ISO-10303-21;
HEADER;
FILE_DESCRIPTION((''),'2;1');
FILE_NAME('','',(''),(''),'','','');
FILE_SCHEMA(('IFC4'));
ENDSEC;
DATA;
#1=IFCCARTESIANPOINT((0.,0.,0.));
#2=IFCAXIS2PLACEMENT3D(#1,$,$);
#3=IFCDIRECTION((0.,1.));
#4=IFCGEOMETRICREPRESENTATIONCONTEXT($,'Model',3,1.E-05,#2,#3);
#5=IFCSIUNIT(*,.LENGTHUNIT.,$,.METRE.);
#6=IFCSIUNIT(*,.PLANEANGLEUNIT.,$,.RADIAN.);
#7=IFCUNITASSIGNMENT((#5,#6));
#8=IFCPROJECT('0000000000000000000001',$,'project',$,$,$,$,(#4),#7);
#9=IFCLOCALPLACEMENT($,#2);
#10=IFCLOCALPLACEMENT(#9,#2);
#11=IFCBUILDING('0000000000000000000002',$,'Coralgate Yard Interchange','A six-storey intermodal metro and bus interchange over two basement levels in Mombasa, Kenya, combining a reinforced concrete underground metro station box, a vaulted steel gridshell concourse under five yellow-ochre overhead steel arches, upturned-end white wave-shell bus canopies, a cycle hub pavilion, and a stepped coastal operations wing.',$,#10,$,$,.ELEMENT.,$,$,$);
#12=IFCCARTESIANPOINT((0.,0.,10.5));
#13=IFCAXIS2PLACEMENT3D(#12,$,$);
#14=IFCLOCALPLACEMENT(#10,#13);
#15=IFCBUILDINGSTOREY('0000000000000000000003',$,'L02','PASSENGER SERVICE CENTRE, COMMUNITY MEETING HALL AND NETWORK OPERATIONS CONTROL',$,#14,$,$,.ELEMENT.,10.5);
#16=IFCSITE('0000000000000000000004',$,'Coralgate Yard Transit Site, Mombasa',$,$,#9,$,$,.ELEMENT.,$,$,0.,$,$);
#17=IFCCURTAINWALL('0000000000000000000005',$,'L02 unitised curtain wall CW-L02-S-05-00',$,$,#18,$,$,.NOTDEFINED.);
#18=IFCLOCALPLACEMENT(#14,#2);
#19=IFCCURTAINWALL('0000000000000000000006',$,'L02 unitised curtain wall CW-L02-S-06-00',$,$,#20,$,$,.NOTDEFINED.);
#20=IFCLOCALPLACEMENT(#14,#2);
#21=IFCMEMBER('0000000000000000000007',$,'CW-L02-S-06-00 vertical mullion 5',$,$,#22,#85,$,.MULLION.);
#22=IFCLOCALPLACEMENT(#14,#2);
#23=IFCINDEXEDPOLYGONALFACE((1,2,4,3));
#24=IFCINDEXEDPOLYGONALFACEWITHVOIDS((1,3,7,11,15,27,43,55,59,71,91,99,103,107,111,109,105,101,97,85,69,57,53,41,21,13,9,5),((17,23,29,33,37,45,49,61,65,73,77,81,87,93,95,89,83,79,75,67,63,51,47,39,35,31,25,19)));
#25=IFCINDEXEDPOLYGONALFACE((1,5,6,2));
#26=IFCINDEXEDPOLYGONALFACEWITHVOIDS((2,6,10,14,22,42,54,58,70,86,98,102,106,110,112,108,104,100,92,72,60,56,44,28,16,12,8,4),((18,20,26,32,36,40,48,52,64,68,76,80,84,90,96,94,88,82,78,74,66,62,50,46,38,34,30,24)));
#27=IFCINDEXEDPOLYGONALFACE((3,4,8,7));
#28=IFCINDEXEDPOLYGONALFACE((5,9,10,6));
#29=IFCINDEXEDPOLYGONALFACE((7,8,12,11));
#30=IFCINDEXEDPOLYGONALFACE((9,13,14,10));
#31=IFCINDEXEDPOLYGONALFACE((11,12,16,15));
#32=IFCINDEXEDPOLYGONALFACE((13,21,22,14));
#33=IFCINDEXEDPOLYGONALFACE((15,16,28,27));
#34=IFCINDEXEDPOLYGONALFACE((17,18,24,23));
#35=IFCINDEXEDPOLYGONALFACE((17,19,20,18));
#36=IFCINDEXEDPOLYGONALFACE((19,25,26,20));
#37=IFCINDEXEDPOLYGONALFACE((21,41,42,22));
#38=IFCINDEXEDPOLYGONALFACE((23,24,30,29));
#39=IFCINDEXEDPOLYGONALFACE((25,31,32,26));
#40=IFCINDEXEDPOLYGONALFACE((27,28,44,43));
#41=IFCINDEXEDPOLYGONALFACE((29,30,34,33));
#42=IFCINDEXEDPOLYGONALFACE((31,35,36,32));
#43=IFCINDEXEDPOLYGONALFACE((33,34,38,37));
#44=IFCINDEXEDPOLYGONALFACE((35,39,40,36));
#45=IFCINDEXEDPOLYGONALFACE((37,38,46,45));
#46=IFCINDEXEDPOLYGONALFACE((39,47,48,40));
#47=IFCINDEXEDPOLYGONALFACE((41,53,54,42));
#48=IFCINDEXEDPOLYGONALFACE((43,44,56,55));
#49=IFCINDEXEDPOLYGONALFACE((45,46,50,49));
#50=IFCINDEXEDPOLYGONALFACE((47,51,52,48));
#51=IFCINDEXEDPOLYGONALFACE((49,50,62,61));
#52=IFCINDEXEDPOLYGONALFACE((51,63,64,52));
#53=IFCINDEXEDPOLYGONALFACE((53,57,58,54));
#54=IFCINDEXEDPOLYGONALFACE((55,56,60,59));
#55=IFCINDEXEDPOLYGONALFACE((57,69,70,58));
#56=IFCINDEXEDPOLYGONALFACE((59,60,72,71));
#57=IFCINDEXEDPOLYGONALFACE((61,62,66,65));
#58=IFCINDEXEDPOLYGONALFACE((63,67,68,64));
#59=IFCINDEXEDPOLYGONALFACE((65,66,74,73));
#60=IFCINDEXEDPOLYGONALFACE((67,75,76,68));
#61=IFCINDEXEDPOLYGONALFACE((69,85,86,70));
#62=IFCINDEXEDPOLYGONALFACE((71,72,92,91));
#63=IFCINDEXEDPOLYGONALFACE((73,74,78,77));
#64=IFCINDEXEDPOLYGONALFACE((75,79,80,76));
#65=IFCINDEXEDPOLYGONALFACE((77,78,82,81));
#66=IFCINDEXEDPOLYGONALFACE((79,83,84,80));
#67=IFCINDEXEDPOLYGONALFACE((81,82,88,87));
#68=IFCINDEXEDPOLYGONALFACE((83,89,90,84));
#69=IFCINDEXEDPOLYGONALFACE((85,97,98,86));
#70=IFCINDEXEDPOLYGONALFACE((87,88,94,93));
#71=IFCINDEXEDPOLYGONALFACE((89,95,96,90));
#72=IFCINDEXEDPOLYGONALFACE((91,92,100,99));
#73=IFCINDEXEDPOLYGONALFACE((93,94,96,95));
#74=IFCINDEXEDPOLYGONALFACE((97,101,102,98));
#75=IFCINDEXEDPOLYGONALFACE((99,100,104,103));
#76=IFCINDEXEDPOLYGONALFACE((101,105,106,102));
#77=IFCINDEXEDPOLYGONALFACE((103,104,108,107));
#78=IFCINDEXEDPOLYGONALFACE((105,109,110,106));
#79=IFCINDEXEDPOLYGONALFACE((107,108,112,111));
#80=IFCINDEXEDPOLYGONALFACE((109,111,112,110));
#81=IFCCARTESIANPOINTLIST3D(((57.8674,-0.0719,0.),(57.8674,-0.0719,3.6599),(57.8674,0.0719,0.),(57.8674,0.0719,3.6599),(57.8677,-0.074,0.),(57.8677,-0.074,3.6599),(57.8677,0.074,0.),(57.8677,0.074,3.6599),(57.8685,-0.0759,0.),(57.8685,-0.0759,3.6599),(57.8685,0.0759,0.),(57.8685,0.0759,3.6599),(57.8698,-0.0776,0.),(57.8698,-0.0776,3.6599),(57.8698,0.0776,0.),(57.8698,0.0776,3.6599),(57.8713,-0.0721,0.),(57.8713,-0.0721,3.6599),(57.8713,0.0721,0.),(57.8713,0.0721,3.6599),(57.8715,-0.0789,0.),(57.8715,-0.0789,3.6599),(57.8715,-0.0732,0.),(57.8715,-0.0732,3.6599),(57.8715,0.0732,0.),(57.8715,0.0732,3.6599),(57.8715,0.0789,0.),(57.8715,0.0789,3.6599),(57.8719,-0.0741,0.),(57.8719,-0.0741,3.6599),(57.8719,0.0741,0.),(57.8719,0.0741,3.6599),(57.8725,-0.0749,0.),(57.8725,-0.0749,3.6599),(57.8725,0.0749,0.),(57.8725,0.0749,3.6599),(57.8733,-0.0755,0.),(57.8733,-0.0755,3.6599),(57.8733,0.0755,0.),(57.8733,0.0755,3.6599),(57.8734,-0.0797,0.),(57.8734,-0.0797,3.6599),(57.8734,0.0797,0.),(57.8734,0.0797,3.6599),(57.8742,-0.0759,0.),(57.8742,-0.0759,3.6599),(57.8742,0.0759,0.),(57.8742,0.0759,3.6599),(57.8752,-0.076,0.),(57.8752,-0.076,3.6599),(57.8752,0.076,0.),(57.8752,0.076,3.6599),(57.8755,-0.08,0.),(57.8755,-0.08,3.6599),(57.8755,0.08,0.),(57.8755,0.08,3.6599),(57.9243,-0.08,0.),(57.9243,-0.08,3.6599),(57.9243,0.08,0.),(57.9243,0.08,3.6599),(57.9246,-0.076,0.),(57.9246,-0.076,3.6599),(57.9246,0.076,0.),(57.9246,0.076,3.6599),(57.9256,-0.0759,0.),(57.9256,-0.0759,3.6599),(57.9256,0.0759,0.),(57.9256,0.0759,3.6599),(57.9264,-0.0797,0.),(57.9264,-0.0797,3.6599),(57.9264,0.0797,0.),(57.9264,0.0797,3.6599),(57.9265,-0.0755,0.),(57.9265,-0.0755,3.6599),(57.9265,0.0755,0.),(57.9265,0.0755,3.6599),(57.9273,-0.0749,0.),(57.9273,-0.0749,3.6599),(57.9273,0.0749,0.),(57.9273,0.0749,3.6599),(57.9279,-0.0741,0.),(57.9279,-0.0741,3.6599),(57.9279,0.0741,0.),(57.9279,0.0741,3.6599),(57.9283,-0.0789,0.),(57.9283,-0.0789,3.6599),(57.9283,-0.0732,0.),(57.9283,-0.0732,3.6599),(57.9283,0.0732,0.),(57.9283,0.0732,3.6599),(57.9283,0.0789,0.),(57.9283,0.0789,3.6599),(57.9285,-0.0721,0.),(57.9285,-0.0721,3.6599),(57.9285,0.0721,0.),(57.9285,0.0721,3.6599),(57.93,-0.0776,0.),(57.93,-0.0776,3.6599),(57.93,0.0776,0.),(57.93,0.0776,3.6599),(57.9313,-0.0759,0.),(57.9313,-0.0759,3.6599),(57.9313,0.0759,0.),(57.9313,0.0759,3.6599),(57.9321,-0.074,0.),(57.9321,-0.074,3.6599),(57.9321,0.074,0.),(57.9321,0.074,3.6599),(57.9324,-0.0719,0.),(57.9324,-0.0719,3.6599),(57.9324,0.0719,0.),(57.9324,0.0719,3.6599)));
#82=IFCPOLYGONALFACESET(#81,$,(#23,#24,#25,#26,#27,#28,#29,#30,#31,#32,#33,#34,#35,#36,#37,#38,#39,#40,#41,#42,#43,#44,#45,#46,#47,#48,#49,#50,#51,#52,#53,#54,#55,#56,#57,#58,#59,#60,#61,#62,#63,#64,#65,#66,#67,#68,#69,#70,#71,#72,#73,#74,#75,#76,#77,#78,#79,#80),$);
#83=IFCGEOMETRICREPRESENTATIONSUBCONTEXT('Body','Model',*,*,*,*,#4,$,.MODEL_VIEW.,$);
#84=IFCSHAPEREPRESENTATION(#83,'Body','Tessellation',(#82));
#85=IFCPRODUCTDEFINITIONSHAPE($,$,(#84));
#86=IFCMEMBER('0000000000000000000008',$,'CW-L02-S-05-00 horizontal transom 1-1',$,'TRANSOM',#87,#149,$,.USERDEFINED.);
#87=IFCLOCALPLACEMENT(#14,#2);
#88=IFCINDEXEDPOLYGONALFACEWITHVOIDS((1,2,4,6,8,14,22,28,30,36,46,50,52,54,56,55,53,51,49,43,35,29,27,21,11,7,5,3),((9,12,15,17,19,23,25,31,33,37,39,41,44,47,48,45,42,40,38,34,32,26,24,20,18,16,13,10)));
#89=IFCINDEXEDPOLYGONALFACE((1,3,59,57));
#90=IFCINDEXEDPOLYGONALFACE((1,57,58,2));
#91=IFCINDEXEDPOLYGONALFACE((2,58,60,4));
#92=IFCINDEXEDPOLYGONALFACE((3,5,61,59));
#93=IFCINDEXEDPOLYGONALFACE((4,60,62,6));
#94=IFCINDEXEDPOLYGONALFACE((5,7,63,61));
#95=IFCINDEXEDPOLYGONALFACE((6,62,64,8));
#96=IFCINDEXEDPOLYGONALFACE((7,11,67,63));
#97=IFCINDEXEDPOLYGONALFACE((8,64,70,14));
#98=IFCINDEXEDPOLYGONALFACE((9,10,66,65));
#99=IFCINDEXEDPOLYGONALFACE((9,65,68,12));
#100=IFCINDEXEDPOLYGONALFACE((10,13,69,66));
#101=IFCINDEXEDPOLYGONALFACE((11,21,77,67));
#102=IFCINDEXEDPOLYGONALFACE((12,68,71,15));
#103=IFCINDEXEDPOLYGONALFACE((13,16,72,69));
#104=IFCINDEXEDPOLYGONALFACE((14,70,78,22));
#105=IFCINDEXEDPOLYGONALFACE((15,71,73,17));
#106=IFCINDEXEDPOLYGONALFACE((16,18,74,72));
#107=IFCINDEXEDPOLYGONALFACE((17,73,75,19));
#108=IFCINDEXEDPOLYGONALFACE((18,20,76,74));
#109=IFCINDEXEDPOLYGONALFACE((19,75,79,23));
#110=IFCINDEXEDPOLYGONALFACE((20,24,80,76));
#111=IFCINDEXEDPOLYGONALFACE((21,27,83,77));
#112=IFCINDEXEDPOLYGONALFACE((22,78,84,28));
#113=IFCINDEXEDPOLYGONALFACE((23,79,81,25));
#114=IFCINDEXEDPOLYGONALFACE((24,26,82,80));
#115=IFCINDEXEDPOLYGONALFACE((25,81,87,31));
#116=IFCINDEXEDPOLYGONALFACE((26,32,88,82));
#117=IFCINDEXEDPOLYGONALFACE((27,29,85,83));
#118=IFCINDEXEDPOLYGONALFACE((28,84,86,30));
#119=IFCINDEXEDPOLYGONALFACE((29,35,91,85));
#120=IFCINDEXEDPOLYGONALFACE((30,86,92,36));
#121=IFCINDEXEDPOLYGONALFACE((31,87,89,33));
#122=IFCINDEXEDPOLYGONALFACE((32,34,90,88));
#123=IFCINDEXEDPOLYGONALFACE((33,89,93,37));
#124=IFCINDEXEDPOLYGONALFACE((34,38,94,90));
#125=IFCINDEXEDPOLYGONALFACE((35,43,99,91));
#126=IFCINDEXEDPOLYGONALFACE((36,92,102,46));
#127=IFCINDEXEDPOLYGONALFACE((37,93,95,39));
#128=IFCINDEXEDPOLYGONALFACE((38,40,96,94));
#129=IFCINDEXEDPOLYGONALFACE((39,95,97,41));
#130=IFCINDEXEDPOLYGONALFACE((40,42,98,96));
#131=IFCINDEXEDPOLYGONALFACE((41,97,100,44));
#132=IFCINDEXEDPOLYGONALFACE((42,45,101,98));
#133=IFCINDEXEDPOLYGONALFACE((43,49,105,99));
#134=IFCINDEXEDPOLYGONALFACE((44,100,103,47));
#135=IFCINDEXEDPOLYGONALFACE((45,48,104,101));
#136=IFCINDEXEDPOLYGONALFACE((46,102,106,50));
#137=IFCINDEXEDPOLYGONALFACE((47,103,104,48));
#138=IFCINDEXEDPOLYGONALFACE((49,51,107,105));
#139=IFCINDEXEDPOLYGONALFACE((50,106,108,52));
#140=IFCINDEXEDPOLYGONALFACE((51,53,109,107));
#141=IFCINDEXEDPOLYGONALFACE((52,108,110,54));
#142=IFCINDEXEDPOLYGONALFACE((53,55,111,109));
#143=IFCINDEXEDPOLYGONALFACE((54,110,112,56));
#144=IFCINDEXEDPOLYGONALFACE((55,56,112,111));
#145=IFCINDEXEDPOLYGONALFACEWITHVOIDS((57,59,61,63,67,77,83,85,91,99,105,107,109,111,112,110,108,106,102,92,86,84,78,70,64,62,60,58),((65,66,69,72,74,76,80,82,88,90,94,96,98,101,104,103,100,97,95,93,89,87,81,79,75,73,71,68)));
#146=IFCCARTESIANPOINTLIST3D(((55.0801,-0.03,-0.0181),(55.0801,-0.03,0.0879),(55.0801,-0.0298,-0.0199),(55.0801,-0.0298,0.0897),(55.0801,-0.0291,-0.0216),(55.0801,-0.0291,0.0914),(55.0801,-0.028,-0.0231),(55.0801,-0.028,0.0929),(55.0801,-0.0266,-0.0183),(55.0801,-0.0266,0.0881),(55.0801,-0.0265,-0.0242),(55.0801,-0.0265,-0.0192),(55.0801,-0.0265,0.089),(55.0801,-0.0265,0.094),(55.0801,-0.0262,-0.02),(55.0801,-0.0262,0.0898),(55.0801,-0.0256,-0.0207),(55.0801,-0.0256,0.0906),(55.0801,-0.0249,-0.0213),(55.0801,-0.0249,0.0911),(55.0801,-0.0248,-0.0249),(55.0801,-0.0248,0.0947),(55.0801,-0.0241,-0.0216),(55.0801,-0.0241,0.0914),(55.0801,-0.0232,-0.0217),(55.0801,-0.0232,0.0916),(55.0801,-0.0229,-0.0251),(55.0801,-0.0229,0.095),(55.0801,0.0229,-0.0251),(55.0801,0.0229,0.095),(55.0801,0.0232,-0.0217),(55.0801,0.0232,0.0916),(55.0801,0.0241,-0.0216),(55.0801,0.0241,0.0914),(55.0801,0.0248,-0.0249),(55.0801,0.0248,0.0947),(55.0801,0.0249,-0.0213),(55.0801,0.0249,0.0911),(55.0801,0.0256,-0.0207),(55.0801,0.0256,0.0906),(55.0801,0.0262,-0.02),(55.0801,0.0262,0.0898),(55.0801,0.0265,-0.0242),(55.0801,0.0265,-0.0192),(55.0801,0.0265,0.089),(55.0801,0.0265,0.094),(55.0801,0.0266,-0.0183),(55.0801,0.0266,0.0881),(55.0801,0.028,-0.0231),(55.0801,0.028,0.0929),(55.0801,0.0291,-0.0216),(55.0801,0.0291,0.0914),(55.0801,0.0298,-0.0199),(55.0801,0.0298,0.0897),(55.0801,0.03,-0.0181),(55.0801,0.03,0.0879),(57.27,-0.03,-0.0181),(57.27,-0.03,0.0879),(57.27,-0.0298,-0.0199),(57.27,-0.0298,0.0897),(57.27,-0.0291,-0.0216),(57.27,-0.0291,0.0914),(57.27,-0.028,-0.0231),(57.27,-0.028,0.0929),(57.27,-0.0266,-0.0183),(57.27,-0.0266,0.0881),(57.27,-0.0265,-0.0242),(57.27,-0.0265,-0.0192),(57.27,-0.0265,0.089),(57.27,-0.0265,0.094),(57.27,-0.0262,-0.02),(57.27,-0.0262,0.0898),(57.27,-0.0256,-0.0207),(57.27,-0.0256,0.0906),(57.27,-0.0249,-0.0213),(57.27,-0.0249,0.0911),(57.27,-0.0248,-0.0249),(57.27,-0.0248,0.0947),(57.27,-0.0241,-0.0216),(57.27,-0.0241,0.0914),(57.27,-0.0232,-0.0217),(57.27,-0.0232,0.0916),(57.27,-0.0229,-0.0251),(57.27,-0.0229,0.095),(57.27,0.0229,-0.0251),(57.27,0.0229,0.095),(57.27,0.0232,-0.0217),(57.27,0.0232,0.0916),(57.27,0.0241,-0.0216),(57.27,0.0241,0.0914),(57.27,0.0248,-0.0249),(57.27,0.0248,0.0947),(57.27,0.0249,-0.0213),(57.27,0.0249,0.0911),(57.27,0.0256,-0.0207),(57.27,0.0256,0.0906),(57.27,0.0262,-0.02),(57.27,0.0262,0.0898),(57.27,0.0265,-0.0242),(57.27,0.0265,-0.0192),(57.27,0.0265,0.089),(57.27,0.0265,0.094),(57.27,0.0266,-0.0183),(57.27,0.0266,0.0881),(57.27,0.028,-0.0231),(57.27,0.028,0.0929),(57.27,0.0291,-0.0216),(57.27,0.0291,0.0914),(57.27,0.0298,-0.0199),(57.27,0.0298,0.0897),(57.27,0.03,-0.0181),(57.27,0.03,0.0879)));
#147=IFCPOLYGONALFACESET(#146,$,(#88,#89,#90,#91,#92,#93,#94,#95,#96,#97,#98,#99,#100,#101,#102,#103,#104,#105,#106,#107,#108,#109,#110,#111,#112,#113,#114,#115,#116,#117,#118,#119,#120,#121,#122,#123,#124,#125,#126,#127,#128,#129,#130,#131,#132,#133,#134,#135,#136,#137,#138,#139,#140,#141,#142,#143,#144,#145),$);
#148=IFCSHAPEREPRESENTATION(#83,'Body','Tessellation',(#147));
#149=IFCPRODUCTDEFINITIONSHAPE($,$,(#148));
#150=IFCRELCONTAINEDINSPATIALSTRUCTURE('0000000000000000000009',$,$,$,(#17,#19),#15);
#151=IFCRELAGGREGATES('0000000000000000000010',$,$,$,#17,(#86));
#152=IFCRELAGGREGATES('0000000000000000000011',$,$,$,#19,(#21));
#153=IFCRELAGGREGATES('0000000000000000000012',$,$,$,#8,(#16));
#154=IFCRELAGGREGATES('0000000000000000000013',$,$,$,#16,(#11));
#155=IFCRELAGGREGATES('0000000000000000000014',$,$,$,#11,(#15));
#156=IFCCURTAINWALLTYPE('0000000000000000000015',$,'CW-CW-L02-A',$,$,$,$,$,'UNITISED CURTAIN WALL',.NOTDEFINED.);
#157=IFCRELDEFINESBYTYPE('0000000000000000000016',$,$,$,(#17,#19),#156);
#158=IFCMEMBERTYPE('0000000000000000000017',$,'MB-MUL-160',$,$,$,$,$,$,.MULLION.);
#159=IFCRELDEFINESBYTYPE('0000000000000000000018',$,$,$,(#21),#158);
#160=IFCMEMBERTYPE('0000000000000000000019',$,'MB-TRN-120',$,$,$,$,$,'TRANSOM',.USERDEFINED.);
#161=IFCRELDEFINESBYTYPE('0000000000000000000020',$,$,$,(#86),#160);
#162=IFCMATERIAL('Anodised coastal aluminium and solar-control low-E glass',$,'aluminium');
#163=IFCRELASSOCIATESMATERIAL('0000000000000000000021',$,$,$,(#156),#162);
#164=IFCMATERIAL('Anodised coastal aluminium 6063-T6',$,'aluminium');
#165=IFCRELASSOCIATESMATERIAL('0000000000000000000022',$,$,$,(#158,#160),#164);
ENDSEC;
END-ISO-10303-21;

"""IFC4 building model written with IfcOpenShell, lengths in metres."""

from ifc_helpers import new_model, si_unit, direction, frame, origin, origin_2d, place, context, subcontext, project, spatial, hollow_rectangle, extrude, material, material_profile, profile_set, type_object, element, aggregate, save


model = new_model("IFC4")

# Units and contexts
model_context = context("Model", 3, precision=1e-05, world=origin(), true_north=direction((0.0, 1.0)))
body_context = subcontext(model_context, "Body", "Model", "MODEL_VIEW")
ifc_project = project(units=[si_unit("LENGTHUNIT", "METRE"), si_unit("PLANEANGLEUNIT", "RADIAN")], contexts=[model_context])

# Site, building, storey
site_placement = place(None, origin())
site = spatial("IfcSite", under=ifc_project, at=site_placement, Name="Coralgate Yard Transit Site, Mombasa", CompositionType="ELEMENT", RefElevation=0.0)
building_placement = place(site_placement, origin())
building = spatial("IfcBuilding", under=site, at=building_placement, Name="Coralgate Yard Interchange", Description="A six-storey intermodal metro and bus interchange over two basement levels in Mombasa, Kenya, combining a reinforced concrete underground metro station box, a vaulted steel gridshell concourse under five yellow-ochre overhead steel arches, upturned-end white wave-shell bus canopies, a cycle hub pavilion, and a stepped coastal operations wing.", CompositionType="ELEMENT")
storey_placement = place(building_placement, frame((0.0, 0.0, 10.5)))
storey = spatial("IfcBuildingStorey", under=building, at=storey_placement, Name="L02", Description="PASSENGER SERVICE CENTRE, COMMUNITY MEETING HALL AND NETWORK OPERATIONS CONTROL", CompositionType="ELEMENT", Elevation=10.5)

# Curtain wall
ifc_material_1 = material(Name="Anodised coastal aluminium and solar-control low-E glass", Category="aluminium")
curtain_wall_type = type_object("IfcCurtainWallType", Name="CW-CW-L02-A", ElementType="UNITISED CURTAIN WALL", PredefinedType="NOTDEFINED", material=ifc_material_1)
curtain_wall_1_placement = place(storey_placement, origin())
curtain_wall_1 = element("IfcCurtainWall", 1, at=curtain_wall_1_placement, inside=storey, type_object=curtain_wall_type, Name="L02 unitised curtain wall CW-L02-S-05-00", PredefinedType="NOTDEFINED")
ifc_material_2 = material(Name="Anodised coastal aluminium 6063-T6", Category="aluminium")
ifc_material_profile_1 = material_profile(ifc_material_2, hollow_rectangle(XDim=0.0649, YDim=0.1599, WallThickness=0.0039, InnerFilletRadius=0.0039, OuterFilletRadius=0.0081, at=origin_2d()), Name="ALU 65x160x4")
ifc_profile_set_1 = profile_set([ifc_material_profile_1], Name="Anodised coastal aluminium 6063-T6")
member_type_1 = type_object("IfcMemberType", Name="MB-MUL-160", PredefinedType="MULLION", material=ifc_profile_set_1)

# Curtain wall, member
curtain_wall_2_placement = place(storey_placement, origin())
curtain_wall_2 = element("IfcCurtainWall", 2, at=curtain_wall_2_placement, inside=storey, type_object=curtain_wall_type, Name="L02 unitised curtain wall CW-L02-S-06-00", PredefinedType="NOTDEFINED")
member_1_placement = place(storey_placement, frame((57.8999, 0.0, 0.0), z_axis=(0.0, 0.0, 1.0), x_axis=(1.0, 0.0, 0.0)))
member_1 = element("IfcMember", 3, at=member_1_placement, type_object=member_type_1, Name="CW-L02-S-06-00 vertical mullion 5", PredefinedType="MULLION", context=body_context, shape_type="SweptSolid", body=[
    extrude(hollow_rectangle(XDim=0.0649, YDim=0.1599, WallThickness=0.0039, InnerFilletRadius=0.0039, OuterFilletRadius=0.0081, at=origin_2d()), origin(), (0.0, 0.0, 1.0), 3.6599),
])

# Member
ifc_material_profile_2 = material_profile(ifc_material_2, hollow_rectangle(XDim=0.0601, YDim=0.1201, WallThickness=0.0034, InnerFilletRadius=0.0034, OuterFilletRadius=0.0071, at=origin_2d()), Name="ALU 60x120x3.5")
ifc_profile_set_2 = profile_set([ifc_material_profile_2], Name="Anodised coastal aluminium 6063-T6")
member_type_2 = type_object("IfcMemberType", Name="MB-TRN-120", ElementType="TRANSOM", PredefinedType="USERDEFINED", material=ifc_profile_set_2)
member_2_placement = place(storey_placement, frame((57.27, 0.0, 0.0349), z_axis=(-1.0, 0.0, 0.0), x_axis=(0.0, -1.0, 0.0)))
member_2 = element("IfcMember", 4, at=member_2_placement, type_object=member_type_2, Name="CW-L02-S-05-00 horizontal transom 1-1", ObjectType="TRANSOM", PredefinedType="USERDEFINED", context=body_context, shape_type="SweptSolid", body=[
    extrude(hollow_rectangle(XDim=0.0601, YDim=0.1201, WallThickness=0.0034, InnerFilletRadius=0.0034, OuterFilletRadius=0.0071, at=origin_2d()), origin(), (0.0, 0.0, 1.0), 2.1899),
])

aggregate(curtain_wall_1, [member_2])
aggregate(curtain_wall_2, [member_1])

save(model, "model.ifc")
